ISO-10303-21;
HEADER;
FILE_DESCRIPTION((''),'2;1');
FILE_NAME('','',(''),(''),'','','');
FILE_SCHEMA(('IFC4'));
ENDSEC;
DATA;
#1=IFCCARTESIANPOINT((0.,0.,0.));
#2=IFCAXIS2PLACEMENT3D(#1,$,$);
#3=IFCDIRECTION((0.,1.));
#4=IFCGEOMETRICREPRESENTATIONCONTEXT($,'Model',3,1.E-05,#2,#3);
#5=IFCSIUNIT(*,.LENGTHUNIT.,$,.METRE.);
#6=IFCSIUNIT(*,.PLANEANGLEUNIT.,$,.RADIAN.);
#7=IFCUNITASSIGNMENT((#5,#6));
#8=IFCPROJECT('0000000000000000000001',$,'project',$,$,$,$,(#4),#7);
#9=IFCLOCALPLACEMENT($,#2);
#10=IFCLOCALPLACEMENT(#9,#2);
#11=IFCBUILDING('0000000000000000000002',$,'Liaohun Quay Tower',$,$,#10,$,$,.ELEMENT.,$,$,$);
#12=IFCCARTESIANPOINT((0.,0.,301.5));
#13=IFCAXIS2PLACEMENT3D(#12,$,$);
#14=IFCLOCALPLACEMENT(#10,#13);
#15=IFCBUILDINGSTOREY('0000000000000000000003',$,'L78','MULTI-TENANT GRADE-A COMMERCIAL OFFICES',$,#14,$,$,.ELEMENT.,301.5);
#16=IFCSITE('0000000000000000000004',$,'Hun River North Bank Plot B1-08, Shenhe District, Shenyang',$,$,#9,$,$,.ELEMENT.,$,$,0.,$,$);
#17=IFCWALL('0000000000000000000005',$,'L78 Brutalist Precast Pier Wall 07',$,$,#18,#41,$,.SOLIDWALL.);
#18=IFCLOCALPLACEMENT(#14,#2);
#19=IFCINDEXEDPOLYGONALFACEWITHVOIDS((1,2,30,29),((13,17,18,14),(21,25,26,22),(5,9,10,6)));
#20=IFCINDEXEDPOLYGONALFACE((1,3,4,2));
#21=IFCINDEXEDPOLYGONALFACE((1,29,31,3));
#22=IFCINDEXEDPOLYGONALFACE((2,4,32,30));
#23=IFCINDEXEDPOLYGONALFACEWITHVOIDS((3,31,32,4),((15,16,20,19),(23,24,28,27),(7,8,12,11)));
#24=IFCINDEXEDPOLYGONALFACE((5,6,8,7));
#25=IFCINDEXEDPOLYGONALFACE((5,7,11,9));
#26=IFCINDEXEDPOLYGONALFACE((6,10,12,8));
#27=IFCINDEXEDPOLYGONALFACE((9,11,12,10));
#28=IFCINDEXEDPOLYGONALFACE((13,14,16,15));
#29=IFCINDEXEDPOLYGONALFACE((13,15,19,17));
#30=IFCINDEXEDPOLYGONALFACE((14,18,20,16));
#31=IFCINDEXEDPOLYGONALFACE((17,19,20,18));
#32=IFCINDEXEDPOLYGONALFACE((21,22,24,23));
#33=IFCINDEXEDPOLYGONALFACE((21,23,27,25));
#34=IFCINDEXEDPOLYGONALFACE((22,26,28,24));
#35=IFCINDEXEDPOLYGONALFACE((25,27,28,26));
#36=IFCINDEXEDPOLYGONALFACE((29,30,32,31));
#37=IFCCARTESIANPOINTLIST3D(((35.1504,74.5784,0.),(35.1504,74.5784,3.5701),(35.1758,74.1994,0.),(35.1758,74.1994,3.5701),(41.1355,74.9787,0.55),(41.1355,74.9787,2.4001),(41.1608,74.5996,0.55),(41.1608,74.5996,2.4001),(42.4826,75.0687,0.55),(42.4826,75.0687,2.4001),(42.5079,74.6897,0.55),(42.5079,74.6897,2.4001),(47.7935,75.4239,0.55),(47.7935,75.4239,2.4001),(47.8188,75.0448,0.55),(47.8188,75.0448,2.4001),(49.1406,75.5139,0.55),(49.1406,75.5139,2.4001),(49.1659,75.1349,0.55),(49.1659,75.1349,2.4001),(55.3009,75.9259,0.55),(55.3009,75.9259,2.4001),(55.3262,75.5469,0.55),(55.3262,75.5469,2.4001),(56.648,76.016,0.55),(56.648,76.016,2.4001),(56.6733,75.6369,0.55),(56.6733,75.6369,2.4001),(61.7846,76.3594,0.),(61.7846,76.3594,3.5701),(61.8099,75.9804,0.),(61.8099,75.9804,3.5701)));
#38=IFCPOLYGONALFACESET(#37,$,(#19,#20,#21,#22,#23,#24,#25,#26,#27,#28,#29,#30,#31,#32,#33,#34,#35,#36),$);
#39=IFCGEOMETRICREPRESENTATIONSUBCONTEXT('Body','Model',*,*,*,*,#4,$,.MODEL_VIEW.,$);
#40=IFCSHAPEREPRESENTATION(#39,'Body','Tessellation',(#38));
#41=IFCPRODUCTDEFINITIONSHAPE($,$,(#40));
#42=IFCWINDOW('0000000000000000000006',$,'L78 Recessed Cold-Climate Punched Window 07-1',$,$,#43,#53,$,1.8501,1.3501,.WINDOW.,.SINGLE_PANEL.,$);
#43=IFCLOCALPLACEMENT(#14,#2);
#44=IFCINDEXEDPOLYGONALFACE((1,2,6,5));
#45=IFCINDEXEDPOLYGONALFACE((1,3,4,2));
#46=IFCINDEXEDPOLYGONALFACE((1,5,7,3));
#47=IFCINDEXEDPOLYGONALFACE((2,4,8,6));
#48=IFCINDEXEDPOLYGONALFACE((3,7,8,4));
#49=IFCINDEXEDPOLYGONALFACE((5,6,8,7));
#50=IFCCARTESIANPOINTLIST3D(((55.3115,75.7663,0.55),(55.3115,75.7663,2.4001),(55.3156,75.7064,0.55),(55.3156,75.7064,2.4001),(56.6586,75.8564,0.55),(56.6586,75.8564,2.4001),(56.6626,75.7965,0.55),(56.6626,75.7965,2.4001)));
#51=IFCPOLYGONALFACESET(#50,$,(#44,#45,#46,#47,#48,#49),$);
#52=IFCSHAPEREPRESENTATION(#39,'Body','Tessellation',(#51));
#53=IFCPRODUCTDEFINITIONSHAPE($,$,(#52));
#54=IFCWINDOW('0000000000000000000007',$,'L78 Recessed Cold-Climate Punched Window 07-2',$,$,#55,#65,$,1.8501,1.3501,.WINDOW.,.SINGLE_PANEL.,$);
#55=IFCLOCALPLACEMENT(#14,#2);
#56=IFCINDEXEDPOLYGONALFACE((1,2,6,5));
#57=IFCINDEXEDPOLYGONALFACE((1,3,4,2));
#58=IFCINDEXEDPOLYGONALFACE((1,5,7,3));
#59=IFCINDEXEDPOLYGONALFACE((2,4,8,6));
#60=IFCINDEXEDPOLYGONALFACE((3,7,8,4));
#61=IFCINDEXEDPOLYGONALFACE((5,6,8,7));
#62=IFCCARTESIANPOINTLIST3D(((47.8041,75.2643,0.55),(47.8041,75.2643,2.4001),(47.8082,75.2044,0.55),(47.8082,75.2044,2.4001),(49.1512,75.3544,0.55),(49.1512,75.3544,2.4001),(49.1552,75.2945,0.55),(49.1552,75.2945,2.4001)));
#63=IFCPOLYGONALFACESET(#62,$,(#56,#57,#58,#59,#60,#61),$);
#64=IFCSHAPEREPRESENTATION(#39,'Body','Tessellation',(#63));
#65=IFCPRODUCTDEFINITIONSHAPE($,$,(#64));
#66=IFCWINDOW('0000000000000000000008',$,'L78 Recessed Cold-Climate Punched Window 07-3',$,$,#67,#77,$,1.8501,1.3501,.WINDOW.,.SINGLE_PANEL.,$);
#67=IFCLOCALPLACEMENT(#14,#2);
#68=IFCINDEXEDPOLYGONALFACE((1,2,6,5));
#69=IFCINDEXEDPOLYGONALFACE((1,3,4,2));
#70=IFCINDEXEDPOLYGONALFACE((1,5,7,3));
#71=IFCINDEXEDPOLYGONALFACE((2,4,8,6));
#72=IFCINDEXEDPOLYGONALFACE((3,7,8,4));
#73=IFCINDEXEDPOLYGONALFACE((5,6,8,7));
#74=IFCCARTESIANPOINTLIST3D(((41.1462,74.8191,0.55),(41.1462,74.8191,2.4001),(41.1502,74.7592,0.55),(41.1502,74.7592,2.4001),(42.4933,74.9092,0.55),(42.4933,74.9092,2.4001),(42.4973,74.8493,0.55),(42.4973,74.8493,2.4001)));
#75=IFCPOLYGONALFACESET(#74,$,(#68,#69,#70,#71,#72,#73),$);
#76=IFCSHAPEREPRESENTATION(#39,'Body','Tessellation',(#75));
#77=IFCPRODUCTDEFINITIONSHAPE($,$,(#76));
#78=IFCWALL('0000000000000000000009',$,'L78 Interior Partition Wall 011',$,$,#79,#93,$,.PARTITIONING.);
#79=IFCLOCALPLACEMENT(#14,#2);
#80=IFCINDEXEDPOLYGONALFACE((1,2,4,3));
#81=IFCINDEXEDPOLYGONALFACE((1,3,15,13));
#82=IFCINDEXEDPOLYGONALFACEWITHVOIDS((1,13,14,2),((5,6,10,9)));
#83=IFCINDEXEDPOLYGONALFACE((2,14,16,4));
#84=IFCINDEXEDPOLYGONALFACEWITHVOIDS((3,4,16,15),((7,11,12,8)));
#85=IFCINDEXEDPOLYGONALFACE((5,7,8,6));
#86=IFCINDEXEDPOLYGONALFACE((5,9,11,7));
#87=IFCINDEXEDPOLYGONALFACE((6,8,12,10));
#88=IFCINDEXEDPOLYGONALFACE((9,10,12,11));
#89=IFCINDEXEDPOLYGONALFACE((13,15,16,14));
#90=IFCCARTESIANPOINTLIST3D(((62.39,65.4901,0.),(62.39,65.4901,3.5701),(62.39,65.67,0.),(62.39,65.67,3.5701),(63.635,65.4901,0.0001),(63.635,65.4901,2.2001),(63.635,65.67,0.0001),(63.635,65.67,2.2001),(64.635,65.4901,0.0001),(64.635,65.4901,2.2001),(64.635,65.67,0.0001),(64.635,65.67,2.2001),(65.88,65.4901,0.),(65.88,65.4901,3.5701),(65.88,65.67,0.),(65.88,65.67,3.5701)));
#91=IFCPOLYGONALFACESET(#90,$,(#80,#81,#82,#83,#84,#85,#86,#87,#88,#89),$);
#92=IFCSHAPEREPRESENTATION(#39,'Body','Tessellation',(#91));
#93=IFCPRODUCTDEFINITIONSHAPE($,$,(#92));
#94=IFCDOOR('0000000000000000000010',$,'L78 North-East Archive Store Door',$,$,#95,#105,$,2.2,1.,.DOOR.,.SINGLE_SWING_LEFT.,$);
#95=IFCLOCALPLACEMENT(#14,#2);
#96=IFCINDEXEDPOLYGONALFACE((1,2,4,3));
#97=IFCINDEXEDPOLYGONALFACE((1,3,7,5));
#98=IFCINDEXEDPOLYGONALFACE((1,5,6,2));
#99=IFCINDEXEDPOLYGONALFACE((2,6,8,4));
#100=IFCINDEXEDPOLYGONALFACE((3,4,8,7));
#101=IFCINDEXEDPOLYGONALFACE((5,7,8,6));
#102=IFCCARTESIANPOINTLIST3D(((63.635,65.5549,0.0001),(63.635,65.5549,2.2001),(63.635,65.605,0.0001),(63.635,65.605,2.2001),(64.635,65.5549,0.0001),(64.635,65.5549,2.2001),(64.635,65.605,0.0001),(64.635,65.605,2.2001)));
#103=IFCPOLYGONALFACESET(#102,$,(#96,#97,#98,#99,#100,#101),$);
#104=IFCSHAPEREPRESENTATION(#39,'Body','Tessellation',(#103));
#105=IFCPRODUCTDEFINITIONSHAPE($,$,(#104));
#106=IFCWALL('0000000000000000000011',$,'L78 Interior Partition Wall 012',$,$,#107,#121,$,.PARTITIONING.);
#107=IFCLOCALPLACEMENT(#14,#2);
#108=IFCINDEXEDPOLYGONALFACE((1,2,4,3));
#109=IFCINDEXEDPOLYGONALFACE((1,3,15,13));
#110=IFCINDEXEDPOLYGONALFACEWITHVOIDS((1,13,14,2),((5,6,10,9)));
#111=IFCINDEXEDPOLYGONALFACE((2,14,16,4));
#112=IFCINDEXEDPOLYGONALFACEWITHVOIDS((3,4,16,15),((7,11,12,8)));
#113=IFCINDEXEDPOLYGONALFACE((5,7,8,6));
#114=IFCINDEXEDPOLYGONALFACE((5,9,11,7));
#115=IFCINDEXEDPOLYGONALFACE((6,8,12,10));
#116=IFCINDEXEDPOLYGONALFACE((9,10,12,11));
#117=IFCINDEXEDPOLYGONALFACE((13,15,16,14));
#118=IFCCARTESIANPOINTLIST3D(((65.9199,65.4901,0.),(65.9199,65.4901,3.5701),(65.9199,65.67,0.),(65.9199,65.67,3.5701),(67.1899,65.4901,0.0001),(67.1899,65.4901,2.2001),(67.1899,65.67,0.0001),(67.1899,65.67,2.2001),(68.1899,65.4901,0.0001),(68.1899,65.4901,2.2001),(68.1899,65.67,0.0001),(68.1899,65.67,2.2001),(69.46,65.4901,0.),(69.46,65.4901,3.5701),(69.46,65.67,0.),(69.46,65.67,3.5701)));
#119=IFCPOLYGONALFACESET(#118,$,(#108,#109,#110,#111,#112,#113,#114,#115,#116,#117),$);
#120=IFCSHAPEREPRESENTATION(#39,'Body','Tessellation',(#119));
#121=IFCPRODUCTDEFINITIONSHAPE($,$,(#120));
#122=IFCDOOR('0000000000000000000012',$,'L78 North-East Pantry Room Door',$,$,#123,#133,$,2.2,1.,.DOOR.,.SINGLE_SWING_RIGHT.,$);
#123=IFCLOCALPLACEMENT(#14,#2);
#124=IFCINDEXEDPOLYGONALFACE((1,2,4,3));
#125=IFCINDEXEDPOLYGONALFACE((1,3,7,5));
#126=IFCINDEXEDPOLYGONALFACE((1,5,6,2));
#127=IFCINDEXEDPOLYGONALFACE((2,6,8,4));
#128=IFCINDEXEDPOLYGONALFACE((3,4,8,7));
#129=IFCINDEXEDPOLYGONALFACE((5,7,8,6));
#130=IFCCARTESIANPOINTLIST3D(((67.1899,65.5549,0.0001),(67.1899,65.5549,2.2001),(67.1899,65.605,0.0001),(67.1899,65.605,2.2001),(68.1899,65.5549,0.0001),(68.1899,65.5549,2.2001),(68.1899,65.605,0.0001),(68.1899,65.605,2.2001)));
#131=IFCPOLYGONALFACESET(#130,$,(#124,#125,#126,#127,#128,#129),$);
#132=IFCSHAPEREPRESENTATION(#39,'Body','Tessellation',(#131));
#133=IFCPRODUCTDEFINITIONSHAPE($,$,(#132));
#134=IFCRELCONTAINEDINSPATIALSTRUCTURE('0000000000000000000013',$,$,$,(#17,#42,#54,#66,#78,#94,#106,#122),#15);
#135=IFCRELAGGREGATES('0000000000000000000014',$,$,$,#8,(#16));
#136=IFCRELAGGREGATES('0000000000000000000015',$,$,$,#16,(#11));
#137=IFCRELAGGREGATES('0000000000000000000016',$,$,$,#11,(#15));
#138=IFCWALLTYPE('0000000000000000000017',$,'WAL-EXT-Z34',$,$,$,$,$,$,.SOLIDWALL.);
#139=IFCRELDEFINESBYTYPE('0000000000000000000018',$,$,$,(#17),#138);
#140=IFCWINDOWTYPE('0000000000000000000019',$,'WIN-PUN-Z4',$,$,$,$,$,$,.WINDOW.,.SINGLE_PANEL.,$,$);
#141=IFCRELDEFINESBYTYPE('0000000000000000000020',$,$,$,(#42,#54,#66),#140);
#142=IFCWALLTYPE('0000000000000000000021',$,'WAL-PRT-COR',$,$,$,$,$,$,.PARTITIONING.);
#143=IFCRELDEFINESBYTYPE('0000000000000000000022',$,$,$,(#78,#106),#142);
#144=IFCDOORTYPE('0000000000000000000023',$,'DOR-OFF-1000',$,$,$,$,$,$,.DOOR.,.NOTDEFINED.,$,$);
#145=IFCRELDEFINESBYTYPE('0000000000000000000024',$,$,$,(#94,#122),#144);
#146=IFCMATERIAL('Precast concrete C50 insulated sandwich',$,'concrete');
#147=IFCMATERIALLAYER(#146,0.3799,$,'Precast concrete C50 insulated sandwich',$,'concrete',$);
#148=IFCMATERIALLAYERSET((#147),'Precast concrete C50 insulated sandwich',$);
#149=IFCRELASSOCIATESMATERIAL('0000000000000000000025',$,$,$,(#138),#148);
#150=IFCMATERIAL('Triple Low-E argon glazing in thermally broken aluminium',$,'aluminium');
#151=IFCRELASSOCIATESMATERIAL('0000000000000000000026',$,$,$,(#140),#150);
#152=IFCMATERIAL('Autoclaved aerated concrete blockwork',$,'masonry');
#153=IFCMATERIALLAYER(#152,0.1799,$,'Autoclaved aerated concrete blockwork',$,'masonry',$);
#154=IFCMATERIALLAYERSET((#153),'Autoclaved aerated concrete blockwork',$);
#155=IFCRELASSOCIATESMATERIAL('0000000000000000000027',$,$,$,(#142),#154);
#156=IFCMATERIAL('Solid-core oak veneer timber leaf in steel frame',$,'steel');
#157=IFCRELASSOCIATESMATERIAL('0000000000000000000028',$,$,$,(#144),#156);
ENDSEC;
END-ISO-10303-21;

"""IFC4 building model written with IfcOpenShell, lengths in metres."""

from ifc_helpers import new_model, si_unit, direction, frame, frame_2d, origin, place, context, subcontext, project, spatial, rectangle, extrude, source, transform, mapped, material, layer, layer_set, type_object, element, fill, save


model = new_model("IFC4")

# Units and contexts
model_context = context("Model", 3, precision=1e-05, world=origin(), true_north=direction((0.0, 1.0)))
body_context = subcontext(model_context, "Body", "Model", "MODEL_VIEW")
ifc_project = project(units=[si_unit("LENGTHUNIT", "METRE"), si_unit("PLANEANGLEUNIT", "RADIAN")], contexts=[model_context])

# Site, building, storey
site_placement = place(None, origin())
site = spatial("IfcSite", under=ifc_project, at=site_placement, Name="Hun River North Bank Plot B1-08, Shenhe District, Shenyang", CompositionType="ELEMENT", RefElevation=0.0)
building_placement = place(site_placement, origin())
building = spatial("IfcBuilding", under=site, at=building_placement, Name="Liaohun Quay Tower", CompositionType="ELEMENT")
storey_placement = place(building_placement, frame((0.0, 0.0, 301.5)))
storey = spatial("IfcBuildingStorey", under=building, at=storey_placement, Name="L78", Description="MULTI-TENANT GRADE-A COMMERCIAL OFFICES", CompositionType="ELEMENT", Elevation=301.5)

# Wall, openings, windows
ifc_material_1 = material(Name="Precast concrete C50 insulated sandwich", Category="concrete")
ifc_layer_1 = layer(ifc_material_1, 0.3799, Name="Precast concrete C50 insulated sandwich", Category="concrete")
ifc_layer_set_1 = layer_set([ifc_layer_1], Name="Precast concrete C50 insulated sandwich")
wall_type_1 = type_object("IfcWallType", Name="WAL-EXT-Z34", PredefinedType="SOLIDWALL", material=ifc_layer_set_1)
wall_1_placement = place(storey_placement, frame((61.7971, 76.1699, 0.0), z_axis=(0.0, 0.0, 1.0), x_axis=(-0.997772, -0.066721, 0.0)))
wall_1 = element("IfcWall", 1, at=wall_1_placement, inside=storey, type_object=wall_type_1, Name="L78 Brutalist Precast Pier Wall 07", PredefinedType="SOLIDWALL", context=body_context, shape_type="SweptSolid", body=[
    extrude(rectangle(XDim=26.6936, YDim=0.3799, at=frame_2d((13.3467, 0.0))), origin(), (0.0, 0.0, 1.0), 3.5701),
])
shared_shape_1 = source(origin(), body_context, "Body", "SweptSolid", [
    extrude(rectangle(XDim=1.3501, YDim=1.8501, at=frame_2d((0.675, 0.925))), frame((0.0, 0.2, 0.0), z_axis=(0.0, -1.0, 0.0), x_axis=(1.0, 0.0, 0.0)), (0.0, 0.0, 1.0), 0.3999),
])
opening_1_placement = place(wall_1_placement, frame((5.1479, 0.0, 0.55)))
opening_1 = element("IfcOpeningElement", 2, at=opening_1_placement, cuts=wall_1, PredefinedType="OPENING", context=body_context, shape_type="MappedRepresentation", body=[
    mapped(shared_shape_1, transform((0.0, 0.0, 0.0), x_axis=(1.0, 0.0, 0.0), y_axis=(0.0, 1.0, 0.0), z_axis=(0.0, 0.0, 1.0), scale=1.0)),
])
opening_2_placement = place(wall_1_placement, frame((12.6721, 0.0, 0.55)))
opening_2 = element("IfcOpeningElement", 3, at=opening_2_placement, cuts=wall_1, PredefinedType="OPENING", context=body_context, shape_type="MappedRepresentation", body=[
    mapped(shared_shape_1, transform((0.0, 0.0, 0.0), x_axis=(1.0, 0.0, 0.0), y_axis=(0.0, 1.0, 0.0), z_axis=(0.0, 0.0, 1.0), scale=1.0)),
])
opening_3_placement = place(wall_1_placement, frame((19.345, 0.0, 0.55)))
opening_3 = element("IfcOpeningElement", 4, at=opening_3_placement, cuts=wall_1, PredefinedType="OPENING", context=body_context, shape_type="MappedRepresentation", body=[
    mapped(shared_shape_1, transform((0.0, 0.0, 0.0), x_axis=(1.0, 0.0, 0.0), y_axis=(0.0, 1.0, 0.0), z_axis=(0.0, 0.0, 1.0), scale=1.0)),
])
ifc_material_2 = material(Name="Triple Low-E argon glazing in thermally broken aluminium", Category="aluminium")
window_type = type_object("IfcWindowType", Name="WIN-PUN-Z4", PartitioningType="SINGLE_PANEL", PredefinedType="WINDOW", material=ifc_material_2)
shared_shape_2 = source(origin(), body_context, "Body", "SweptSolid", [
    extrude(rectangle(XDim=1.3501, YDim=1.8501, at=frame_2d((0.675, 0.925))), frame((0.0, 0.03, 0.0), z_axis=(0.0, -1.0, 0.0), x_axis=(1.0, 0.0, 0.0)), (0.0, 0.0, 1.0), 0.0601),
])
window_1_placement = place(opening_1_placement, origin())
window_1 = element("IfcWindow", 5, at=window_1_placement, inside=storey, type_object=window_type, Name="L78 Recessed Cold-Climate Punched Window 07-1", OverallHeight=1.8501, OverallWidth=1.3501, PartitioningType="SINGLE_PANEL", PredefinedType="WINDOW", context=body_context, shape_type="MappedRepresentation", body=[
    mapped(shared_shape_2, transform((0.0, 0.0, 0.0), x_axis=(1.0, 0.0, 0.0), y_axis=(0.0, 1.0, 0.0), z_axis=(0.0, 0.0, 1.0), scale=1.0)),
])
fill(opening_1, window_1)
window_2_placement = place(opening_2_placement, origin())
window_2 = element("IfcWindow", 6, at=window_2_placement, inside=storey, type_object=window_type, Name="L78 Recessed Cold-Climate Punched Window 07-2", OverallHeight=1.8501, OverallWidth=1.3501, PartitioningType="SINGLE_PANEL", PredefinedType="WINDOW", context=body_context, shape_type="MappedRepresentation", body=[
    mapped(shared_shape_2, transform((0.0, 0.0, 0.0), x_axis=(1.0, 0.0, 0.0), y_axis=(0.0, 1.0, 0.0), z_axis=(0.0, 0.0, 1.0), scale=1.0)),
])
fill(opening_2, window_2)
window_3_placement = place(opening_3_placement, origin())
window_3 = element("IfcWindow", 7, at=window_3_placement, inside=storey, type_object=window_type, Name="L78 Recessed Cold-Climate Punched Window 07-3", OverallHeight=1.8501, OverallWidth=1.3501, PartitioningType="SINGLE_PANEL", PredefinedType="WINDOW", context=body_context, shape_type="MappedRepresentation", body=[
    mapped(shared_shape_2, transform((0.0, 0.0, 0.0), x_axis=(1.0, 0.0, 0.0), y_axis=(0.0, 1.0, 0.0), z_axis=(0.0, 0.0, 1.0), scale=1.0)),
])
fill(opening_3, window_3)

# Walls, openings, doors
ifc_material_3 = material(Name="Autoclaved aerated concrete blockwork", Category="masonry")
ifc_layer_2 = layer(ifc_material_3, 0.1799, Name="Autoclaved aerated concrete blockwork", Category="masonry")
ifc_layer_set_2 = layer_set([ifc_layer_2], Name="Autoclaved aerated concrete blockwork")
wall_type_2 = type_object("IfcWallType", Name="WAL-PRT-COR", PredefinedType="PARTITIONING", material=ifc_layer_set_2)
wall_2_placement = place(storey_placement, frame((62.3899, 65.5801, 0.0), z_axis=(0.0, 0.0, 1.0), x_axis=(1.0, 0.0, 0.0)))
wall_2 = element("IfcWall", 8, at=wall_2_placement, inside=storey, type_object=wall_type_2, Name="L78 Interior Partition Wall 011", PredefinedType="PARTITIONING", context=body_context, shape_type="SweptSolid", body=[
    extrude(rectangle(XDim=3.49, YDim=0.1799, at=frame_2d((1.7451, 0.0))), origin(), (0.0, 0.0, 1.0), 3.5701),
])
shared_shape_3 = source(origin(), body_context, "Body", "SweptSolid", [
    extrude(rectangle(XDim=1.0, YDim=2.2, at=frame_2d((0.5, 1.1001))), frame((0.0, 0.0999, 0.0), z_axis=(0.0, -1.0, 0.0), x_axis=(1.0, 0.0, 0.0)), (0.0, 0.0, 1.0), 0.2),
])
opening_4_placement = place(wall_2_placement, frame((1.2451, 0.0, 0.0)))
opening_4 = element("IfcOpeningElement", 9, at=opening_4_placement, cuts=wall_2, PredefinedType="OPENING", context=body_context, shape_type="MappedRepresentation", body=[
    mapped(shared_shape_3, transform((0.0, 0.0, 0.0), x_axis=(1.0, 0.0, 0.0), y_axis=(0.0, 1.0, 0.0), z_axis=(0.0, 0.0, 1.0), scale=1.0)),
])
ifc_material_4 = material(Name="Solid-core oak veneer timber leaf in steel frame", Category="steel")
door_type_1 = type_object("IfcDoorType", Name="DOR-OFF-1000", OperationType="NOTDEFINED", PredefinedType="DOOR", material=ifc_material_4)
shared_shape_4 = source(origin(), body_context, "Body", "SweptSolid", [
    extrude(rectangle(XDim=1.0, YDim=2.2, at=frame_2d((0.5, 1.1001))), frame((0.0, 0.0249, 0.0), z_axis=(0.0, -1.0, 0.0), x_axis=(1.0, 0.0, 0.0)), (0.0, 0.0, 1.0), 0.05),
])
door_1_placement = place(opening_4_placement, origin())
door_1 = element("IfcDoor", 10, at=door_1_placement, inside=storey, type_object=door_type_1, Name="L78 North-East Archive Store Door", OperationType="SINGLE_SWING_LEFT", OverallHeight=2.2, OverallWidth=1.0, PredefinedType="DOOR", context=body_context, shape_type="MappedRepresentation", body=[
    mapped(shared_shape_4, transform((0.0, 0.0, 0.0), x_axis=(1.0, 0.0, 0.0), y_axis=(0.0, 1.0, 0.0), z_axis=(0.0, 0.0, 1.0), scale=1.0)),
])
fill(opening_4, door_1)
wall_3_placement = place(storey_placement, frame((65.9199, 65.5801, 0.0), z_axis=(0.0, 0.0, 1.0), x_axis=(1.0, 0.0, 0.0)))
wall_3 = element("IfcWall", 11, at=wall_3_placement, inside=storey, type_object=wall_type_2, Name="L78 Interior Partition Wall 012", PredefinedType="PARTITIONING", context=body_context, shape_type="SweptSolid", body=[
    extrude(rectangle(XDim=3.54, YDim=0.1799, at=frame_2d((1.77, 0.0))), origin(), (0.0, 0.0, 1.0), 3.5701),
])
opening_5_placement = place(wall_3_placement, frame((1.27, 0.0, 0.0)))
opening_5 = element("IfcOpeningElement", 12, at=opening_5_placement, cuts=wall_3, PredefinedType="OPENING", context=body_context, shape_type="MappedRepresentation", body=[
    mapped(shared_shape_3, transform((0.0, 0.0, 0.0), x_axis=(1.0, 0.0, 0.0), y_axis=(0.0, 1.0, 0.0), z_axis=(0.0, 0.0, 1.0), scale=1.0)),
])
door_2_placement = place(opening_5_placement, origin())
door_2 = element("IfcDoor", 13, at=door_2_placement, inside=storey, type_object=door_type_1, Name="L78 North-East Pantry Room Door", OperationType="SINGLE_SWING_RIGHT", OverallHeight=2.2, OverallWidth=1.0, PredefinedType="DOOR", context=body_context, shape_type="MappedRepresentation", body=[
    mapped(shared_shape_4, transform((0.0, 0.0, 0.0), x_axis=(1.0, 0.0, 0.0), y_axis=(0.0, 1.0, 0.0), z_axis=(0.0, 0.0, 1.0), scale=1.0)),
])
fill(opening_5, door_2)

save(model, "model.ifc")
